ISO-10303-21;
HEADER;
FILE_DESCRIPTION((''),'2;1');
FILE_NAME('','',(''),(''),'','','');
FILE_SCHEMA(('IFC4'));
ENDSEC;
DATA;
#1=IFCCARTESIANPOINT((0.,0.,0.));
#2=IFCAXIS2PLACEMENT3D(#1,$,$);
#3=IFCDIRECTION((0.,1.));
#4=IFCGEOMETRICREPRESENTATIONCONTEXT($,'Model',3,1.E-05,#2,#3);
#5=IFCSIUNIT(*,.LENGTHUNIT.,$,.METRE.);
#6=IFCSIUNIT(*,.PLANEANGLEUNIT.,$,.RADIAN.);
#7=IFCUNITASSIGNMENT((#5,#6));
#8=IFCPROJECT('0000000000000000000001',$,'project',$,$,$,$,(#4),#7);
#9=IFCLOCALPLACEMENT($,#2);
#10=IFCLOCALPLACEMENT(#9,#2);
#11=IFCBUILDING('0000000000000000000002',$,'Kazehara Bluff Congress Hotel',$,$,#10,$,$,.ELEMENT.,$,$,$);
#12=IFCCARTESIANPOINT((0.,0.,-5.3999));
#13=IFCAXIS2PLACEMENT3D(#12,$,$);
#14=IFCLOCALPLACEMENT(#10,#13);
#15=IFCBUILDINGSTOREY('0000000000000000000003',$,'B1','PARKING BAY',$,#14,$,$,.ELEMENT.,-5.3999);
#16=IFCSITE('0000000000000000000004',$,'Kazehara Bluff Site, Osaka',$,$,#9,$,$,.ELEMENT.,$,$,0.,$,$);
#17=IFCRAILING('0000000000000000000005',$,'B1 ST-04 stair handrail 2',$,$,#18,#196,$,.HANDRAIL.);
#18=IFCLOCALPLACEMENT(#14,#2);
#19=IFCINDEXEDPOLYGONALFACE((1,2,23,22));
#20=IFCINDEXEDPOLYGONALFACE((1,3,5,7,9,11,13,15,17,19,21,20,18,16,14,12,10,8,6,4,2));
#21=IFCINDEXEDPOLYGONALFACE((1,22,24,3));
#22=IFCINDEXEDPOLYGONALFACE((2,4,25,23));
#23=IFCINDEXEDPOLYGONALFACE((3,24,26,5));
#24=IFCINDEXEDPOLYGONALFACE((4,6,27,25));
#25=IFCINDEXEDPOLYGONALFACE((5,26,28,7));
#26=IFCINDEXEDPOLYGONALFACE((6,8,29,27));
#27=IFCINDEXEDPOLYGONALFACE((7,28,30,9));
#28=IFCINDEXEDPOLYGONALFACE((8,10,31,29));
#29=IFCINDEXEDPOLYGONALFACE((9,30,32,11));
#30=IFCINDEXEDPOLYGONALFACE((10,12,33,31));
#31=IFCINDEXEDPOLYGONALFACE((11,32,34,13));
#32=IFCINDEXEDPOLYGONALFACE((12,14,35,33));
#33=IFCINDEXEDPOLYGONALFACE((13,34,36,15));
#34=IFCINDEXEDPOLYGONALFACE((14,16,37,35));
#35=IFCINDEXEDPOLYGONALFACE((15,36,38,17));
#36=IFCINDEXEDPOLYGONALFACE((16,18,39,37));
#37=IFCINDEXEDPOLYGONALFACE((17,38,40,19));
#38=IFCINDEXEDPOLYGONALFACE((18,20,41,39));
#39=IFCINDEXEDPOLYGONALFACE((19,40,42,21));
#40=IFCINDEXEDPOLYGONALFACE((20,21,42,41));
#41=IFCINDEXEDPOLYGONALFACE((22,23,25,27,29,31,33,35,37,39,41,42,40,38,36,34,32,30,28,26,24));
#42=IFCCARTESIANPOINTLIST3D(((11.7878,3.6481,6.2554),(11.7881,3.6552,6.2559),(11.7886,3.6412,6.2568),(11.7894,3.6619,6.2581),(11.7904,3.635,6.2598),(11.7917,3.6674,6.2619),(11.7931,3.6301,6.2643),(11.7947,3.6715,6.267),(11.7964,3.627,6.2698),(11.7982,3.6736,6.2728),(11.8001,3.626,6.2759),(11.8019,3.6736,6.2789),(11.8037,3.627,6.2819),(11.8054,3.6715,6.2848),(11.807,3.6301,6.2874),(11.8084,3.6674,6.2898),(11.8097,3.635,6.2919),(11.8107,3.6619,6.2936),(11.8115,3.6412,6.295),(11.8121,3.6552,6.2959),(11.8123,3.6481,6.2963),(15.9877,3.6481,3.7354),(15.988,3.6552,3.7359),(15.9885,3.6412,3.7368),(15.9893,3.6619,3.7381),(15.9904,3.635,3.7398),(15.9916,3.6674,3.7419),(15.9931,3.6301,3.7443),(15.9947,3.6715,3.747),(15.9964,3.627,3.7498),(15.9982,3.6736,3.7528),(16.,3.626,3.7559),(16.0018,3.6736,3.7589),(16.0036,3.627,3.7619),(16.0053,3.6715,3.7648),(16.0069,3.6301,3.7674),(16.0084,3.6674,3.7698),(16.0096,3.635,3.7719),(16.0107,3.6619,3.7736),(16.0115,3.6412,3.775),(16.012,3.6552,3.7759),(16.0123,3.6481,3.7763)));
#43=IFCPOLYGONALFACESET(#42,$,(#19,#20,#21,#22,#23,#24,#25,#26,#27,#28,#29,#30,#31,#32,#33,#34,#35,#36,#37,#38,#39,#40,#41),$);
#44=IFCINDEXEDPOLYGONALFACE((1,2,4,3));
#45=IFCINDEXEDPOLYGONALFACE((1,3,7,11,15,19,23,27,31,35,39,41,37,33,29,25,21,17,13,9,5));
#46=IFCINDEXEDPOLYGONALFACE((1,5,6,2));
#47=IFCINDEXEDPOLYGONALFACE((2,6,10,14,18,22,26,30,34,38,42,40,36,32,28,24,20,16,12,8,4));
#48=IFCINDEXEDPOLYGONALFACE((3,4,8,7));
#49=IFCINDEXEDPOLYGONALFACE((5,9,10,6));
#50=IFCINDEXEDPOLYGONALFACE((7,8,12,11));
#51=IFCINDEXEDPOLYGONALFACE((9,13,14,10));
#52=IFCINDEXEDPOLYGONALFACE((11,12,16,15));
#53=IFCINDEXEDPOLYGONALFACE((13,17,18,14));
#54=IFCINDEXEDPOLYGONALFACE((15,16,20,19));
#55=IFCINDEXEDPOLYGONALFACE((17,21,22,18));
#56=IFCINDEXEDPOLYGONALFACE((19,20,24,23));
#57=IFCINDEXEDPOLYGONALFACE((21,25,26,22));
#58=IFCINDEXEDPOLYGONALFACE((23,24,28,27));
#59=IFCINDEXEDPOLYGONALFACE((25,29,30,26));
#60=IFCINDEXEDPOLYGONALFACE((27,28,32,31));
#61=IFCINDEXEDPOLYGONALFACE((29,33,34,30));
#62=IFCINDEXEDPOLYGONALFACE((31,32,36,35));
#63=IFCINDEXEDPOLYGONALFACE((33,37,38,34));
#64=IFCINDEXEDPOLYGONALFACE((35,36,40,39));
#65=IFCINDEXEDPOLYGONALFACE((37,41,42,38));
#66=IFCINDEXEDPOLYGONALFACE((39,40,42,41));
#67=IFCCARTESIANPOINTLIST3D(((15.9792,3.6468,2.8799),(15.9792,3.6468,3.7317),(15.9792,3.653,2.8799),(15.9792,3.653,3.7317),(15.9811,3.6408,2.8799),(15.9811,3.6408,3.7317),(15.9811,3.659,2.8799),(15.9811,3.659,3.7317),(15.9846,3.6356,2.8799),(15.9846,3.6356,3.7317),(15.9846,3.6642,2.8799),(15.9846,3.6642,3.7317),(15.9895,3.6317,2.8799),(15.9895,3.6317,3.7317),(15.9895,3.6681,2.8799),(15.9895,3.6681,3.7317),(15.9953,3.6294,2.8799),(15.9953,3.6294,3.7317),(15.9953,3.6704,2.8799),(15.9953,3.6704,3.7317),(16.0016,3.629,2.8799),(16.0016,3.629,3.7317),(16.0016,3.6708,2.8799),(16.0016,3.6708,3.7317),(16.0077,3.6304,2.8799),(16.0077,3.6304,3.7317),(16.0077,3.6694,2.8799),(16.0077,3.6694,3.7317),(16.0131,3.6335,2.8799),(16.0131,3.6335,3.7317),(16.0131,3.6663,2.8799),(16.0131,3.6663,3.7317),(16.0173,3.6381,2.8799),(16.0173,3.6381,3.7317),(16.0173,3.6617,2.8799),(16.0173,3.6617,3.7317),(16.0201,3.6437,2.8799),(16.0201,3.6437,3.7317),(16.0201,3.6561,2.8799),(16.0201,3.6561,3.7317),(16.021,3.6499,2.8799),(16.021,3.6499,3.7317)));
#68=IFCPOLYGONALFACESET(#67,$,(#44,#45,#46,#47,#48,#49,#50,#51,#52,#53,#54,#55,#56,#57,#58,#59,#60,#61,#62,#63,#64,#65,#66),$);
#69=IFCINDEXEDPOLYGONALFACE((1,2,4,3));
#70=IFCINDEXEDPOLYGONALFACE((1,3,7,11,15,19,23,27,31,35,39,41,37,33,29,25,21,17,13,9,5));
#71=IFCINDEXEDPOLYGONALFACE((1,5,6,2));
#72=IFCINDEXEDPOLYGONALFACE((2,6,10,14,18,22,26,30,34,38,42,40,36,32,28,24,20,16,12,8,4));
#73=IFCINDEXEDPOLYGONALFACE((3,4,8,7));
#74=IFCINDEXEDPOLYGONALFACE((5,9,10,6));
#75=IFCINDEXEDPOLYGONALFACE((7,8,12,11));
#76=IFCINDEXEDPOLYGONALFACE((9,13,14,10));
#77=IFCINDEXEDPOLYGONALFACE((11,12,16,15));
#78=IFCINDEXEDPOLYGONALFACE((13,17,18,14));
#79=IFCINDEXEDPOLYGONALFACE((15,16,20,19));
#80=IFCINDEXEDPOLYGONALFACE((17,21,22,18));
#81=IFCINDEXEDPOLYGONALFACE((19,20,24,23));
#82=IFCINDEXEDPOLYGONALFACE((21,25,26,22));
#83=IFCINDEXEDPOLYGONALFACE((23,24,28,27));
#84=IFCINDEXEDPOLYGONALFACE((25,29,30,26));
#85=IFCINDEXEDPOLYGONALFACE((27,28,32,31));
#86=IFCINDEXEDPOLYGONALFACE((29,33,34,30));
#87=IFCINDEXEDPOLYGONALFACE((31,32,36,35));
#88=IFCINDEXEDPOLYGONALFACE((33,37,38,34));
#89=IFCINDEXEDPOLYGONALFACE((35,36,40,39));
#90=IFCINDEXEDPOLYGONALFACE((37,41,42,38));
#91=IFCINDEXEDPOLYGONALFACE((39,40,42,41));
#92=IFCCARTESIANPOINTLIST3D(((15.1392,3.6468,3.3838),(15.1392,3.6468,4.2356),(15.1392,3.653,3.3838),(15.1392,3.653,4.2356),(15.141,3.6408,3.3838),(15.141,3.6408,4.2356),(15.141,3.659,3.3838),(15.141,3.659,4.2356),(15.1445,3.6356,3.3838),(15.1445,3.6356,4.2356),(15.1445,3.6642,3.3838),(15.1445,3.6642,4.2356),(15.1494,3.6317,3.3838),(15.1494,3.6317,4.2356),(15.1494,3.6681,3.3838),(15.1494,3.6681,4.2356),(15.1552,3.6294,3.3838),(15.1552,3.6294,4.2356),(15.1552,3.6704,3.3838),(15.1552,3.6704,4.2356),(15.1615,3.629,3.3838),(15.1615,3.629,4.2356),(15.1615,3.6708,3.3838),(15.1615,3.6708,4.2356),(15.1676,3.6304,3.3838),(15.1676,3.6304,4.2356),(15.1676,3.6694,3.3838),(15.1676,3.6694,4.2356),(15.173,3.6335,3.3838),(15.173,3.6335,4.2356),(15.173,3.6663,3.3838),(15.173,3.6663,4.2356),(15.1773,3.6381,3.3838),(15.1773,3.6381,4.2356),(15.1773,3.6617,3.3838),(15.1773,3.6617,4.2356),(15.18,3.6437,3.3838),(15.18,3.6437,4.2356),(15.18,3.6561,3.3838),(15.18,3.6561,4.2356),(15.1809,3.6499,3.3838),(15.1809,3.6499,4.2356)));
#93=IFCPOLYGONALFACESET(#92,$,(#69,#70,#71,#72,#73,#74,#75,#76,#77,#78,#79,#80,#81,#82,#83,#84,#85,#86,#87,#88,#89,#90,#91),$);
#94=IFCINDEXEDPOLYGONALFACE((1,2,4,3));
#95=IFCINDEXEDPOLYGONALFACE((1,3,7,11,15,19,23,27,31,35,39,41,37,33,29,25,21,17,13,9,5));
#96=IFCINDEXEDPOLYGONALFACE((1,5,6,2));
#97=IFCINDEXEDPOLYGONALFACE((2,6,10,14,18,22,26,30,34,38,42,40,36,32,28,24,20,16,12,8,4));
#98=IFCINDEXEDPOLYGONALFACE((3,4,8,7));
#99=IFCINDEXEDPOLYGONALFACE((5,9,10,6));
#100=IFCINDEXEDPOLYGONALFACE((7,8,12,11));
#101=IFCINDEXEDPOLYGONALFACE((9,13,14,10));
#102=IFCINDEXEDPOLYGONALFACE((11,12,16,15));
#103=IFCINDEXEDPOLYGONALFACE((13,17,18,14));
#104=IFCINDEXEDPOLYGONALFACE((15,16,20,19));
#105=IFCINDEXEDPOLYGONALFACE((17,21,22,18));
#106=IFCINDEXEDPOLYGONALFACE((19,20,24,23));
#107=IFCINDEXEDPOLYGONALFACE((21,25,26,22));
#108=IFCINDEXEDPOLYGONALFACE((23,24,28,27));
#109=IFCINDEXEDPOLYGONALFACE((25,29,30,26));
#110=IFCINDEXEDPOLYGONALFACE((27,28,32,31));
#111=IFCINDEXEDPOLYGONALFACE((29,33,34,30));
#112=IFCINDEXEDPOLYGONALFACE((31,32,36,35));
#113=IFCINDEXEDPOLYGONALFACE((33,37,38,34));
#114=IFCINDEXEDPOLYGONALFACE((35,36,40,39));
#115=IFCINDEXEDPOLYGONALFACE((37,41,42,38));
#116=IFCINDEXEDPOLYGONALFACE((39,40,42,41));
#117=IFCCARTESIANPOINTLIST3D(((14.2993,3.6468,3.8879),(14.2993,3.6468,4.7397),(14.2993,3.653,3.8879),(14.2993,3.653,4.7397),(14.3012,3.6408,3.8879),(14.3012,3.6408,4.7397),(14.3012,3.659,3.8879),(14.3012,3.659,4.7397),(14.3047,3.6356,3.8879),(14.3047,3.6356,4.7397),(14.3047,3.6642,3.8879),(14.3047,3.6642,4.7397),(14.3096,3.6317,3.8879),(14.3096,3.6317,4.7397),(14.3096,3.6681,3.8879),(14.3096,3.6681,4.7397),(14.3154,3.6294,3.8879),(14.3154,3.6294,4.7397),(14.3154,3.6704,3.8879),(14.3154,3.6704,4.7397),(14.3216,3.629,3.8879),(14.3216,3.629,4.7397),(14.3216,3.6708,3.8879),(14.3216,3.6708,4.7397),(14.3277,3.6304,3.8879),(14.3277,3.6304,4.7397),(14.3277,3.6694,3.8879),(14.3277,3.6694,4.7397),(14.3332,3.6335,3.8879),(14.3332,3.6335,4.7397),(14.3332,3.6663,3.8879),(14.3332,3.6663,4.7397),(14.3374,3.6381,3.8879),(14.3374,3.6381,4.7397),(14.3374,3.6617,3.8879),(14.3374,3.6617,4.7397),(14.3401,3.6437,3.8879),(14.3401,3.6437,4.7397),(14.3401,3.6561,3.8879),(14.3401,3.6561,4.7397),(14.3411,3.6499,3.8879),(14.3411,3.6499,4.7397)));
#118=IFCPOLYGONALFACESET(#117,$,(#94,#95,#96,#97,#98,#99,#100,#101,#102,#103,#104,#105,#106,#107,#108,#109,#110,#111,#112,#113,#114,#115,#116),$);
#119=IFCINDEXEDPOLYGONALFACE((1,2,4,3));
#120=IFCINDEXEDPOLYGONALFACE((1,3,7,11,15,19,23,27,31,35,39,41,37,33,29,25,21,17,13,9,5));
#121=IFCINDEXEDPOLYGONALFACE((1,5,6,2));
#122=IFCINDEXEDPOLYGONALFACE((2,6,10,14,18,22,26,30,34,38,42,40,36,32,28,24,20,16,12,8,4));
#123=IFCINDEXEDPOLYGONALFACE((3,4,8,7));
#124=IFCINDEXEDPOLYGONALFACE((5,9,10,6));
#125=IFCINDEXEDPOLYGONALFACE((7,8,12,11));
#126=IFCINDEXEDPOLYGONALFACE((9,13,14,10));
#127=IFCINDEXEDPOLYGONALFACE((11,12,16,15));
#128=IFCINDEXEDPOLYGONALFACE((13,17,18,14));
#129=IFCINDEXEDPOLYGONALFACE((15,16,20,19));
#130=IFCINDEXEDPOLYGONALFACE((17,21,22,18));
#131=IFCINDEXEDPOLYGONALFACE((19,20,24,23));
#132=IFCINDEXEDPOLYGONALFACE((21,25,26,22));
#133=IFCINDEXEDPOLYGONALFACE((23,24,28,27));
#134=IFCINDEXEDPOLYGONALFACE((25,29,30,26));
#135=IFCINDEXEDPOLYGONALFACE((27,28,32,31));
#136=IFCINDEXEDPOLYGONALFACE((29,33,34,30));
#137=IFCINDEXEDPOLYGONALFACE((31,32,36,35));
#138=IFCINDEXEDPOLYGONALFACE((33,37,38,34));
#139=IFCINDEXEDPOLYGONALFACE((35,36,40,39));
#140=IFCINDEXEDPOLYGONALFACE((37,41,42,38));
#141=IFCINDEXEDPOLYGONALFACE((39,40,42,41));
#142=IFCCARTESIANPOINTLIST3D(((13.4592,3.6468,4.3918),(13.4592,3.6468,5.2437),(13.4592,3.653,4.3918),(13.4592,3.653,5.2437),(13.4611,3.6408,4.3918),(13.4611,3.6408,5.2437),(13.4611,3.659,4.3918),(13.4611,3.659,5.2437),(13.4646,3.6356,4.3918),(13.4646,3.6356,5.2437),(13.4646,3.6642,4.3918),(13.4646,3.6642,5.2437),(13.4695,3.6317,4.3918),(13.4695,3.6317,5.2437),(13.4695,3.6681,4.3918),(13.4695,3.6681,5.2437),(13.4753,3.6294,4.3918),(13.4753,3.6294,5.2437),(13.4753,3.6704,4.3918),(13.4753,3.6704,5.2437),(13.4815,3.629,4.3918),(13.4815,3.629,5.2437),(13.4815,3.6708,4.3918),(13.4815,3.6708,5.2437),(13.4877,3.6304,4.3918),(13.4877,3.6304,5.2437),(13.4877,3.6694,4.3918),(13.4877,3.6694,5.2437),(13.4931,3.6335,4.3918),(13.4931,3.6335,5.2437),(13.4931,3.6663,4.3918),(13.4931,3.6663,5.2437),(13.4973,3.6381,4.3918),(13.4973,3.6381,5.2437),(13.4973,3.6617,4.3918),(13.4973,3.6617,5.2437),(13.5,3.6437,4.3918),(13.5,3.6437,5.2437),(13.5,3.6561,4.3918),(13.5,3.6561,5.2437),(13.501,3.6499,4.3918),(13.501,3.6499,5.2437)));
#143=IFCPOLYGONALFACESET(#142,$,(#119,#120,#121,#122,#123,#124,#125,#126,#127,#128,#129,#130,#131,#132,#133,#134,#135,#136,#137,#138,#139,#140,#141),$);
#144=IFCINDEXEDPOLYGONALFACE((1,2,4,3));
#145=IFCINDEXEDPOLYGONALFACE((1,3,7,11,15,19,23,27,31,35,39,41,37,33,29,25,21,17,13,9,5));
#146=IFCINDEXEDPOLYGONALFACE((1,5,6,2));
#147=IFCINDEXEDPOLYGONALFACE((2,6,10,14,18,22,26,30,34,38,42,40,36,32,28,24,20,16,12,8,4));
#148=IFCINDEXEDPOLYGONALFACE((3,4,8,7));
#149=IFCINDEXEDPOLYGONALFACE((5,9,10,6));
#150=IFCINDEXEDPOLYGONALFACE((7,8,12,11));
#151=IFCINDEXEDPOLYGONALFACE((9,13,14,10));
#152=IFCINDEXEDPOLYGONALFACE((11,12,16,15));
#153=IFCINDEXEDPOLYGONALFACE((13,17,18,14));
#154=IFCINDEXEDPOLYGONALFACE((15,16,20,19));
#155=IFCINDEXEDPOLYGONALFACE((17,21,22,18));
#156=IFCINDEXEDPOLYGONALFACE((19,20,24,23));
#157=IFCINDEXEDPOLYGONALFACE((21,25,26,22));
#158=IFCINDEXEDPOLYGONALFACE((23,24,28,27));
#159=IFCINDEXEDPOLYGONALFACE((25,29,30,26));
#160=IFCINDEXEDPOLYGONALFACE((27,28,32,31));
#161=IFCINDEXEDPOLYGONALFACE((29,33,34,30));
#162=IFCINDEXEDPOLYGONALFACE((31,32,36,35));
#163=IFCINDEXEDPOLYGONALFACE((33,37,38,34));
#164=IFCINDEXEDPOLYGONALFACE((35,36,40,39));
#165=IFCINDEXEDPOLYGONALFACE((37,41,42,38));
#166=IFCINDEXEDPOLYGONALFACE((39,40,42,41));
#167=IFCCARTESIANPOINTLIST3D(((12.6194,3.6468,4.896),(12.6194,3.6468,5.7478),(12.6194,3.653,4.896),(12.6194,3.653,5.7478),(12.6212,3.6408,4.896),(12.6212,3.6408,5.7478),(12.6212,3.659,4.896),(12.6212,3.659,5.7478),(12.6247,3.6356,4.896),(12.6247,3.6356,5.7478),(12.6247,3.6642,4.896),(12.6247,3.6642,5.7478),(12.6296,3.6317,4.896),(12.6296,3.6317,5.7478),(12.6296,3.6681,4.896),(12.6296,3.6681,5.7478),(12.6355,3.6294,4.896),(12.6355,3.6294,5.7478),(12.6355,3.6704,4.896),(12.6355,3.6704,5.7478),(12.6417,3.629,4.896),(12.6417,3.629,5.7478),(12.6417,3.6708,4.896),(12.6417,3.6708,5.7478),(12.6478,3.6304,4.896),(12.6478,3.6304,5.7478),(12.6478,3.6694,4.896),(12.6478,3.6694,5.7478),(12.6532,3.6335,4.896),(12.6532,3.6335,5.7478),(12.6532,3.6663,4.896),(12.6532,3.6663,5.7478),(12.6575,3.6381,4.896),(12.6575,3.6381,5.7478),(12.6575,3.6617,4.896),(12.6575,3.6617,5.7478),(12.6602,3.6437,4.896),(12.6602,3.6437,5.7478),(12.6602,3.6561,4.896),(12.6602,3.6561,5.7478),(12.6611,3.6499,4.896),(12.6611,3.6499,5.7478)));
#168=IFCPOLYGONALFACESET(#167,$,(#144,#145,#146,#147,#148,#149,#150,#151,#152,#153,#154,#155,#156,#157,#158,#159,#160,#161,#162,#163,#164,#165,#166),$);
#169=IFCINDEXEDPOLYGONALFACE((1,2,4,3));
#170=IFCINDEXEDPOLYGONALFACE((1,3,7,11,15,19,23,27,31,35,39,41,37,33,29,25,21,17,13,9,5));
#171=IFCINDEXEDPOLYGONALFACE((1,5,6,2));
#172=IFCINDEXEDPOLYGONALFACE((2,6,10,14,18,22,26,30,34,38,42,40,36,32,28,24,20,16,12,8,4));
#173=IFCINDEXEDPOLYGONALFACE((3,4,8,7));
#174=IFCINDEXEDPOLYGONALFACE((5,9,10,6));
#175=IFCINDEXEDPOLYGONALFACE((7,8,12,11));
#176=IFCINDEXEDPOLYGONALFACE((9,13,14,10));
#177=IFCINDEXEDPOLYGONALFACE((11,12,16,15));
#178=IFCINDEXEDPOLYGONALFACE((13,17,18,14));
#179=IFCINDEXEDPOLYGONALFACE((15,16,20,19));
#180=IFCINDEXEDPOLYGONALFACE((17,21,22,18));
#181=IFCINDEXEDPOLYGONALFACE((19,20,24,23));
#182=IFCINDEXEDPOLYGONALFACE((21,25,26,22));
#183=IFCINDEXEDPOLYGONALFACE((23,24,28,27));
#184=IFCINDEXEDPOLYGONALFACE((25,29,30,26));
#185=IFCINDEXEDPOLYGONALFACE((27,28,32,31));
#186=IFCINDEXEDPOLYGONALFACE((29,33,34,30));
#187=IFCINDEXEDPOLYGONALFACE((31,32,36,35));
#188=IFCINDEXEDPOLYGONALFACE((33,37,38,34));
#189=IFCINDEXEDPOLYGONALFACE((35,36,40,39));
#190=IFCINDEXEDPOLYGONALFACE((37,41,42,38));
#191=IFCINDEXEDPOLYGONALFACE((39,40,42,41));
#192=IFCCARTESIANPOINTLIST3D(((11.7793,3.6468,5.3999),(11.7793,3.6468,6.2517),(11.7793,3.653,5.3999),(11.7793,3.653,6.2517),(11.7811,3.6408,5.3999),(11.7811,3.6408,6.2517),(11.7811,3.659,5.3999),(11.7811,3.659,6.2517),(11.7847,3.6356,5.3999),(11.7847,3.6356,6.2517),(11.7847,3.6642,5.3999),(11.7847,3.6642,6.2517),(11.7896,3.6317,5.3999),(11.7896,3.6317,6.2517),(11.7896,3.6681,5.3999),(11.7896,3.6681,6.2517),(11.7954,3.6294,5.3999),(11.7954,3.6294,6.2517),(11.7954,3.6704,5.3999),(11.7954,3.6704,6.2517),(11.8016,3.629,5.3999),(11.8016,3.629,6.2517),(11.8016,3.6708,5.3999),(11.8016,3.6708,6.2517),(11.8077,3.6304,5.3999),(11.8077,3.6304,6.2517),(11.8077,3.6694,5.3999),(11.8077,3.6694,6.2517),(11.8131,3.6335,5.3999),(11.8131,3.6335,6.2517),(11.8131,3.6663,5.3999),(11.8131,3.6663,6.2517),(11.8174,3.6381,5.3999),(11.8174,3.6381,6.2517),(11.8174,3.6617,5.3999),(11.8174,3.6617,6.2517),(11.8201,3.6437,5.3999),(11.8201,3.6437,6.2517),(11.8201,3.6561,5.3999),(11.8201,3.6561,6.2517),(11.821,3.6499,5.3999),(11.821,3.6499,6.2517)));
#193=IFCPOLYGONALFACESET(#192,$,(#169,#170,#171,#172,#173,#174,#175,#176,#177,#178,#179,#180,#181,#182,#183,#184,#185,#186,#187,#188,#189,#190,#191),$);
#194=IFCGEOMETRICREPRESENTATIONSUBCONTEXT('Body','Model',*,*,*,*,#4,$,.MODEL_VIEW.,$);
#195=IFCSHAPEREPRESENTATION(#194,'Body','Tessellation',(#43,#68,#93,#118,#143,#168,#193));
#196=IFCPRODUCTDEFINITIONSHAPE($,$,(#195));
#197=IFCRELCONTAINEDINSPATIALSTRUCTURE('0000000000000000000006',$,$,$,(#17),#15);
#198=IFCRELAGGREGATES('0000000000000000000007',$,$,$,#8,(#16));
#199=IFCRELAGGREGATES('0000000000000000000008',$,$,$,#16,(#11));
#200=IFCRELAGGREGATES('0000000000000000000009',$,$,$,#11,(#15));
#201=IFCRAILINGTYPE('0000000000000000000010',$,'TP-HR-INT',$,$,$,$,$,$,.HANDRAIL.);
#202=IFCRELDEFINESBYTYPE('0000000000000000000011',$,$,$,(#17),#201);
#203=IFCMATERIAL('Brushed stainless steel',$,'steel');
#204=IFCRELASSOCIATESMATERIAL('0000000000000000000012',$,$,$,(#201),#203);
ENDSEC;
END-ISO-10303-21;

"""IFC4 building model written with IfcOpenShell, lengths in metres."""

from ifc_helpers import new_model, si_unit, direction, frame, origin, origin_2d, place, context, subcontext, project, spatial, circle, extrude, material, type_object, element, save


model = new_model("IFC4")

# Units and contexts
model_context = context("Model", 3, precision=1e-05, world=origin(), true_north=direction((0.0, 1.0)))
body_context = subcontext(model_context, "Body", "Model", "MODEL_VIEW")
ifc_project = project(units=[si_unit("LENGTHUNIT", "METRE"), si_unit("PLANEANGLEUNIT", "RADIAN")], contexts=[model_context])

# Site, building, storey
site_placement = place(None, origin())
site = spatial("IfcSite", under=ifc_project, at=site_placement, Name="Kazehara Bluff Site, Osaka", CompositionType="ELEMENT", RefElevation=0.0)
building_placement = place(site_placement, origin())
building = spatial("IfcBuilding", under=site, at=building_placement, Name="Kazehara Bluff Congress Hotel", CompositionType="ELEMENT")
storey_placement = place(building_placement, frame((0.0, 0.0, -5.3999)))
storey = spatial("IfcBuildingStorey", under=building, at=storey_placement, Name="B1", Description="PARKING BAY", CompositionType="ELEMENT", Elevation=-5.3999)

# Railing
ifc_material_1 = material(Name="Brushed stainless steel", Category="steel")
railing_type_1 = type_object("IfcRailingType", Name="TP-HR-INT", PredefinedType="HANDRAIL", material=ifc_material_1)
railing_1_placement = place(storey_placement, frame((16.0, 3.6499, 2.8799)))
element("IfcRailing", 1, at=railing_1_placement, inside=storey, type_object=railing_type_1, Name="B1 ST-04 stair handrail 2", PredefinedType="HANDRAIL", context=body_context, shape_type="SweptSolid", body=[
    extrude(circle(Radius=0.0239, at=origin_2d()), frame((0.0, 0.0, 0.876), z_axis=(-0.857489, 0.0, 0.514503), x_axis=(0.0, -1.0, 0.0)), (0.0, 0.0, 1.0), 4.8979),
    extrude(circle(Radius=0.021, at=origin_2d()), origin(), (0.0, 0.0, 1.0), 0.8518),
    extrude(circle(Radius=0.021, at=origin_2d()), frame((-0.8401, 0.0, 0.5039)), (0.0, 0.0, 1.0), 0.8518),
    extrude(circle(Radius=0.021, at=origin_2d()), frame((-1.6799, 0.0, 1.0081)), (0.0, 0.0, 1.0), 0.8518),
    extrude(circle(Radius=0.021, at=origin_2d()), frame((-2.52, 0.0, 1.512)), (0.0, 0.0, 1.0), 0.8518),
    extrude(circle(Radius=0.021, at=origin_2d()), frame((-3.3599, 0.0, 2.0161)), (0.0, 0.0, 1.0), 0.8518),
    extrude(circle(Radius=0.021, at=origin_2d()), frame((-4.2, 0.0, 2.52)), (0.0, 0.0, 1.0), 0.8518),
])

save(model, "model.ifc")
